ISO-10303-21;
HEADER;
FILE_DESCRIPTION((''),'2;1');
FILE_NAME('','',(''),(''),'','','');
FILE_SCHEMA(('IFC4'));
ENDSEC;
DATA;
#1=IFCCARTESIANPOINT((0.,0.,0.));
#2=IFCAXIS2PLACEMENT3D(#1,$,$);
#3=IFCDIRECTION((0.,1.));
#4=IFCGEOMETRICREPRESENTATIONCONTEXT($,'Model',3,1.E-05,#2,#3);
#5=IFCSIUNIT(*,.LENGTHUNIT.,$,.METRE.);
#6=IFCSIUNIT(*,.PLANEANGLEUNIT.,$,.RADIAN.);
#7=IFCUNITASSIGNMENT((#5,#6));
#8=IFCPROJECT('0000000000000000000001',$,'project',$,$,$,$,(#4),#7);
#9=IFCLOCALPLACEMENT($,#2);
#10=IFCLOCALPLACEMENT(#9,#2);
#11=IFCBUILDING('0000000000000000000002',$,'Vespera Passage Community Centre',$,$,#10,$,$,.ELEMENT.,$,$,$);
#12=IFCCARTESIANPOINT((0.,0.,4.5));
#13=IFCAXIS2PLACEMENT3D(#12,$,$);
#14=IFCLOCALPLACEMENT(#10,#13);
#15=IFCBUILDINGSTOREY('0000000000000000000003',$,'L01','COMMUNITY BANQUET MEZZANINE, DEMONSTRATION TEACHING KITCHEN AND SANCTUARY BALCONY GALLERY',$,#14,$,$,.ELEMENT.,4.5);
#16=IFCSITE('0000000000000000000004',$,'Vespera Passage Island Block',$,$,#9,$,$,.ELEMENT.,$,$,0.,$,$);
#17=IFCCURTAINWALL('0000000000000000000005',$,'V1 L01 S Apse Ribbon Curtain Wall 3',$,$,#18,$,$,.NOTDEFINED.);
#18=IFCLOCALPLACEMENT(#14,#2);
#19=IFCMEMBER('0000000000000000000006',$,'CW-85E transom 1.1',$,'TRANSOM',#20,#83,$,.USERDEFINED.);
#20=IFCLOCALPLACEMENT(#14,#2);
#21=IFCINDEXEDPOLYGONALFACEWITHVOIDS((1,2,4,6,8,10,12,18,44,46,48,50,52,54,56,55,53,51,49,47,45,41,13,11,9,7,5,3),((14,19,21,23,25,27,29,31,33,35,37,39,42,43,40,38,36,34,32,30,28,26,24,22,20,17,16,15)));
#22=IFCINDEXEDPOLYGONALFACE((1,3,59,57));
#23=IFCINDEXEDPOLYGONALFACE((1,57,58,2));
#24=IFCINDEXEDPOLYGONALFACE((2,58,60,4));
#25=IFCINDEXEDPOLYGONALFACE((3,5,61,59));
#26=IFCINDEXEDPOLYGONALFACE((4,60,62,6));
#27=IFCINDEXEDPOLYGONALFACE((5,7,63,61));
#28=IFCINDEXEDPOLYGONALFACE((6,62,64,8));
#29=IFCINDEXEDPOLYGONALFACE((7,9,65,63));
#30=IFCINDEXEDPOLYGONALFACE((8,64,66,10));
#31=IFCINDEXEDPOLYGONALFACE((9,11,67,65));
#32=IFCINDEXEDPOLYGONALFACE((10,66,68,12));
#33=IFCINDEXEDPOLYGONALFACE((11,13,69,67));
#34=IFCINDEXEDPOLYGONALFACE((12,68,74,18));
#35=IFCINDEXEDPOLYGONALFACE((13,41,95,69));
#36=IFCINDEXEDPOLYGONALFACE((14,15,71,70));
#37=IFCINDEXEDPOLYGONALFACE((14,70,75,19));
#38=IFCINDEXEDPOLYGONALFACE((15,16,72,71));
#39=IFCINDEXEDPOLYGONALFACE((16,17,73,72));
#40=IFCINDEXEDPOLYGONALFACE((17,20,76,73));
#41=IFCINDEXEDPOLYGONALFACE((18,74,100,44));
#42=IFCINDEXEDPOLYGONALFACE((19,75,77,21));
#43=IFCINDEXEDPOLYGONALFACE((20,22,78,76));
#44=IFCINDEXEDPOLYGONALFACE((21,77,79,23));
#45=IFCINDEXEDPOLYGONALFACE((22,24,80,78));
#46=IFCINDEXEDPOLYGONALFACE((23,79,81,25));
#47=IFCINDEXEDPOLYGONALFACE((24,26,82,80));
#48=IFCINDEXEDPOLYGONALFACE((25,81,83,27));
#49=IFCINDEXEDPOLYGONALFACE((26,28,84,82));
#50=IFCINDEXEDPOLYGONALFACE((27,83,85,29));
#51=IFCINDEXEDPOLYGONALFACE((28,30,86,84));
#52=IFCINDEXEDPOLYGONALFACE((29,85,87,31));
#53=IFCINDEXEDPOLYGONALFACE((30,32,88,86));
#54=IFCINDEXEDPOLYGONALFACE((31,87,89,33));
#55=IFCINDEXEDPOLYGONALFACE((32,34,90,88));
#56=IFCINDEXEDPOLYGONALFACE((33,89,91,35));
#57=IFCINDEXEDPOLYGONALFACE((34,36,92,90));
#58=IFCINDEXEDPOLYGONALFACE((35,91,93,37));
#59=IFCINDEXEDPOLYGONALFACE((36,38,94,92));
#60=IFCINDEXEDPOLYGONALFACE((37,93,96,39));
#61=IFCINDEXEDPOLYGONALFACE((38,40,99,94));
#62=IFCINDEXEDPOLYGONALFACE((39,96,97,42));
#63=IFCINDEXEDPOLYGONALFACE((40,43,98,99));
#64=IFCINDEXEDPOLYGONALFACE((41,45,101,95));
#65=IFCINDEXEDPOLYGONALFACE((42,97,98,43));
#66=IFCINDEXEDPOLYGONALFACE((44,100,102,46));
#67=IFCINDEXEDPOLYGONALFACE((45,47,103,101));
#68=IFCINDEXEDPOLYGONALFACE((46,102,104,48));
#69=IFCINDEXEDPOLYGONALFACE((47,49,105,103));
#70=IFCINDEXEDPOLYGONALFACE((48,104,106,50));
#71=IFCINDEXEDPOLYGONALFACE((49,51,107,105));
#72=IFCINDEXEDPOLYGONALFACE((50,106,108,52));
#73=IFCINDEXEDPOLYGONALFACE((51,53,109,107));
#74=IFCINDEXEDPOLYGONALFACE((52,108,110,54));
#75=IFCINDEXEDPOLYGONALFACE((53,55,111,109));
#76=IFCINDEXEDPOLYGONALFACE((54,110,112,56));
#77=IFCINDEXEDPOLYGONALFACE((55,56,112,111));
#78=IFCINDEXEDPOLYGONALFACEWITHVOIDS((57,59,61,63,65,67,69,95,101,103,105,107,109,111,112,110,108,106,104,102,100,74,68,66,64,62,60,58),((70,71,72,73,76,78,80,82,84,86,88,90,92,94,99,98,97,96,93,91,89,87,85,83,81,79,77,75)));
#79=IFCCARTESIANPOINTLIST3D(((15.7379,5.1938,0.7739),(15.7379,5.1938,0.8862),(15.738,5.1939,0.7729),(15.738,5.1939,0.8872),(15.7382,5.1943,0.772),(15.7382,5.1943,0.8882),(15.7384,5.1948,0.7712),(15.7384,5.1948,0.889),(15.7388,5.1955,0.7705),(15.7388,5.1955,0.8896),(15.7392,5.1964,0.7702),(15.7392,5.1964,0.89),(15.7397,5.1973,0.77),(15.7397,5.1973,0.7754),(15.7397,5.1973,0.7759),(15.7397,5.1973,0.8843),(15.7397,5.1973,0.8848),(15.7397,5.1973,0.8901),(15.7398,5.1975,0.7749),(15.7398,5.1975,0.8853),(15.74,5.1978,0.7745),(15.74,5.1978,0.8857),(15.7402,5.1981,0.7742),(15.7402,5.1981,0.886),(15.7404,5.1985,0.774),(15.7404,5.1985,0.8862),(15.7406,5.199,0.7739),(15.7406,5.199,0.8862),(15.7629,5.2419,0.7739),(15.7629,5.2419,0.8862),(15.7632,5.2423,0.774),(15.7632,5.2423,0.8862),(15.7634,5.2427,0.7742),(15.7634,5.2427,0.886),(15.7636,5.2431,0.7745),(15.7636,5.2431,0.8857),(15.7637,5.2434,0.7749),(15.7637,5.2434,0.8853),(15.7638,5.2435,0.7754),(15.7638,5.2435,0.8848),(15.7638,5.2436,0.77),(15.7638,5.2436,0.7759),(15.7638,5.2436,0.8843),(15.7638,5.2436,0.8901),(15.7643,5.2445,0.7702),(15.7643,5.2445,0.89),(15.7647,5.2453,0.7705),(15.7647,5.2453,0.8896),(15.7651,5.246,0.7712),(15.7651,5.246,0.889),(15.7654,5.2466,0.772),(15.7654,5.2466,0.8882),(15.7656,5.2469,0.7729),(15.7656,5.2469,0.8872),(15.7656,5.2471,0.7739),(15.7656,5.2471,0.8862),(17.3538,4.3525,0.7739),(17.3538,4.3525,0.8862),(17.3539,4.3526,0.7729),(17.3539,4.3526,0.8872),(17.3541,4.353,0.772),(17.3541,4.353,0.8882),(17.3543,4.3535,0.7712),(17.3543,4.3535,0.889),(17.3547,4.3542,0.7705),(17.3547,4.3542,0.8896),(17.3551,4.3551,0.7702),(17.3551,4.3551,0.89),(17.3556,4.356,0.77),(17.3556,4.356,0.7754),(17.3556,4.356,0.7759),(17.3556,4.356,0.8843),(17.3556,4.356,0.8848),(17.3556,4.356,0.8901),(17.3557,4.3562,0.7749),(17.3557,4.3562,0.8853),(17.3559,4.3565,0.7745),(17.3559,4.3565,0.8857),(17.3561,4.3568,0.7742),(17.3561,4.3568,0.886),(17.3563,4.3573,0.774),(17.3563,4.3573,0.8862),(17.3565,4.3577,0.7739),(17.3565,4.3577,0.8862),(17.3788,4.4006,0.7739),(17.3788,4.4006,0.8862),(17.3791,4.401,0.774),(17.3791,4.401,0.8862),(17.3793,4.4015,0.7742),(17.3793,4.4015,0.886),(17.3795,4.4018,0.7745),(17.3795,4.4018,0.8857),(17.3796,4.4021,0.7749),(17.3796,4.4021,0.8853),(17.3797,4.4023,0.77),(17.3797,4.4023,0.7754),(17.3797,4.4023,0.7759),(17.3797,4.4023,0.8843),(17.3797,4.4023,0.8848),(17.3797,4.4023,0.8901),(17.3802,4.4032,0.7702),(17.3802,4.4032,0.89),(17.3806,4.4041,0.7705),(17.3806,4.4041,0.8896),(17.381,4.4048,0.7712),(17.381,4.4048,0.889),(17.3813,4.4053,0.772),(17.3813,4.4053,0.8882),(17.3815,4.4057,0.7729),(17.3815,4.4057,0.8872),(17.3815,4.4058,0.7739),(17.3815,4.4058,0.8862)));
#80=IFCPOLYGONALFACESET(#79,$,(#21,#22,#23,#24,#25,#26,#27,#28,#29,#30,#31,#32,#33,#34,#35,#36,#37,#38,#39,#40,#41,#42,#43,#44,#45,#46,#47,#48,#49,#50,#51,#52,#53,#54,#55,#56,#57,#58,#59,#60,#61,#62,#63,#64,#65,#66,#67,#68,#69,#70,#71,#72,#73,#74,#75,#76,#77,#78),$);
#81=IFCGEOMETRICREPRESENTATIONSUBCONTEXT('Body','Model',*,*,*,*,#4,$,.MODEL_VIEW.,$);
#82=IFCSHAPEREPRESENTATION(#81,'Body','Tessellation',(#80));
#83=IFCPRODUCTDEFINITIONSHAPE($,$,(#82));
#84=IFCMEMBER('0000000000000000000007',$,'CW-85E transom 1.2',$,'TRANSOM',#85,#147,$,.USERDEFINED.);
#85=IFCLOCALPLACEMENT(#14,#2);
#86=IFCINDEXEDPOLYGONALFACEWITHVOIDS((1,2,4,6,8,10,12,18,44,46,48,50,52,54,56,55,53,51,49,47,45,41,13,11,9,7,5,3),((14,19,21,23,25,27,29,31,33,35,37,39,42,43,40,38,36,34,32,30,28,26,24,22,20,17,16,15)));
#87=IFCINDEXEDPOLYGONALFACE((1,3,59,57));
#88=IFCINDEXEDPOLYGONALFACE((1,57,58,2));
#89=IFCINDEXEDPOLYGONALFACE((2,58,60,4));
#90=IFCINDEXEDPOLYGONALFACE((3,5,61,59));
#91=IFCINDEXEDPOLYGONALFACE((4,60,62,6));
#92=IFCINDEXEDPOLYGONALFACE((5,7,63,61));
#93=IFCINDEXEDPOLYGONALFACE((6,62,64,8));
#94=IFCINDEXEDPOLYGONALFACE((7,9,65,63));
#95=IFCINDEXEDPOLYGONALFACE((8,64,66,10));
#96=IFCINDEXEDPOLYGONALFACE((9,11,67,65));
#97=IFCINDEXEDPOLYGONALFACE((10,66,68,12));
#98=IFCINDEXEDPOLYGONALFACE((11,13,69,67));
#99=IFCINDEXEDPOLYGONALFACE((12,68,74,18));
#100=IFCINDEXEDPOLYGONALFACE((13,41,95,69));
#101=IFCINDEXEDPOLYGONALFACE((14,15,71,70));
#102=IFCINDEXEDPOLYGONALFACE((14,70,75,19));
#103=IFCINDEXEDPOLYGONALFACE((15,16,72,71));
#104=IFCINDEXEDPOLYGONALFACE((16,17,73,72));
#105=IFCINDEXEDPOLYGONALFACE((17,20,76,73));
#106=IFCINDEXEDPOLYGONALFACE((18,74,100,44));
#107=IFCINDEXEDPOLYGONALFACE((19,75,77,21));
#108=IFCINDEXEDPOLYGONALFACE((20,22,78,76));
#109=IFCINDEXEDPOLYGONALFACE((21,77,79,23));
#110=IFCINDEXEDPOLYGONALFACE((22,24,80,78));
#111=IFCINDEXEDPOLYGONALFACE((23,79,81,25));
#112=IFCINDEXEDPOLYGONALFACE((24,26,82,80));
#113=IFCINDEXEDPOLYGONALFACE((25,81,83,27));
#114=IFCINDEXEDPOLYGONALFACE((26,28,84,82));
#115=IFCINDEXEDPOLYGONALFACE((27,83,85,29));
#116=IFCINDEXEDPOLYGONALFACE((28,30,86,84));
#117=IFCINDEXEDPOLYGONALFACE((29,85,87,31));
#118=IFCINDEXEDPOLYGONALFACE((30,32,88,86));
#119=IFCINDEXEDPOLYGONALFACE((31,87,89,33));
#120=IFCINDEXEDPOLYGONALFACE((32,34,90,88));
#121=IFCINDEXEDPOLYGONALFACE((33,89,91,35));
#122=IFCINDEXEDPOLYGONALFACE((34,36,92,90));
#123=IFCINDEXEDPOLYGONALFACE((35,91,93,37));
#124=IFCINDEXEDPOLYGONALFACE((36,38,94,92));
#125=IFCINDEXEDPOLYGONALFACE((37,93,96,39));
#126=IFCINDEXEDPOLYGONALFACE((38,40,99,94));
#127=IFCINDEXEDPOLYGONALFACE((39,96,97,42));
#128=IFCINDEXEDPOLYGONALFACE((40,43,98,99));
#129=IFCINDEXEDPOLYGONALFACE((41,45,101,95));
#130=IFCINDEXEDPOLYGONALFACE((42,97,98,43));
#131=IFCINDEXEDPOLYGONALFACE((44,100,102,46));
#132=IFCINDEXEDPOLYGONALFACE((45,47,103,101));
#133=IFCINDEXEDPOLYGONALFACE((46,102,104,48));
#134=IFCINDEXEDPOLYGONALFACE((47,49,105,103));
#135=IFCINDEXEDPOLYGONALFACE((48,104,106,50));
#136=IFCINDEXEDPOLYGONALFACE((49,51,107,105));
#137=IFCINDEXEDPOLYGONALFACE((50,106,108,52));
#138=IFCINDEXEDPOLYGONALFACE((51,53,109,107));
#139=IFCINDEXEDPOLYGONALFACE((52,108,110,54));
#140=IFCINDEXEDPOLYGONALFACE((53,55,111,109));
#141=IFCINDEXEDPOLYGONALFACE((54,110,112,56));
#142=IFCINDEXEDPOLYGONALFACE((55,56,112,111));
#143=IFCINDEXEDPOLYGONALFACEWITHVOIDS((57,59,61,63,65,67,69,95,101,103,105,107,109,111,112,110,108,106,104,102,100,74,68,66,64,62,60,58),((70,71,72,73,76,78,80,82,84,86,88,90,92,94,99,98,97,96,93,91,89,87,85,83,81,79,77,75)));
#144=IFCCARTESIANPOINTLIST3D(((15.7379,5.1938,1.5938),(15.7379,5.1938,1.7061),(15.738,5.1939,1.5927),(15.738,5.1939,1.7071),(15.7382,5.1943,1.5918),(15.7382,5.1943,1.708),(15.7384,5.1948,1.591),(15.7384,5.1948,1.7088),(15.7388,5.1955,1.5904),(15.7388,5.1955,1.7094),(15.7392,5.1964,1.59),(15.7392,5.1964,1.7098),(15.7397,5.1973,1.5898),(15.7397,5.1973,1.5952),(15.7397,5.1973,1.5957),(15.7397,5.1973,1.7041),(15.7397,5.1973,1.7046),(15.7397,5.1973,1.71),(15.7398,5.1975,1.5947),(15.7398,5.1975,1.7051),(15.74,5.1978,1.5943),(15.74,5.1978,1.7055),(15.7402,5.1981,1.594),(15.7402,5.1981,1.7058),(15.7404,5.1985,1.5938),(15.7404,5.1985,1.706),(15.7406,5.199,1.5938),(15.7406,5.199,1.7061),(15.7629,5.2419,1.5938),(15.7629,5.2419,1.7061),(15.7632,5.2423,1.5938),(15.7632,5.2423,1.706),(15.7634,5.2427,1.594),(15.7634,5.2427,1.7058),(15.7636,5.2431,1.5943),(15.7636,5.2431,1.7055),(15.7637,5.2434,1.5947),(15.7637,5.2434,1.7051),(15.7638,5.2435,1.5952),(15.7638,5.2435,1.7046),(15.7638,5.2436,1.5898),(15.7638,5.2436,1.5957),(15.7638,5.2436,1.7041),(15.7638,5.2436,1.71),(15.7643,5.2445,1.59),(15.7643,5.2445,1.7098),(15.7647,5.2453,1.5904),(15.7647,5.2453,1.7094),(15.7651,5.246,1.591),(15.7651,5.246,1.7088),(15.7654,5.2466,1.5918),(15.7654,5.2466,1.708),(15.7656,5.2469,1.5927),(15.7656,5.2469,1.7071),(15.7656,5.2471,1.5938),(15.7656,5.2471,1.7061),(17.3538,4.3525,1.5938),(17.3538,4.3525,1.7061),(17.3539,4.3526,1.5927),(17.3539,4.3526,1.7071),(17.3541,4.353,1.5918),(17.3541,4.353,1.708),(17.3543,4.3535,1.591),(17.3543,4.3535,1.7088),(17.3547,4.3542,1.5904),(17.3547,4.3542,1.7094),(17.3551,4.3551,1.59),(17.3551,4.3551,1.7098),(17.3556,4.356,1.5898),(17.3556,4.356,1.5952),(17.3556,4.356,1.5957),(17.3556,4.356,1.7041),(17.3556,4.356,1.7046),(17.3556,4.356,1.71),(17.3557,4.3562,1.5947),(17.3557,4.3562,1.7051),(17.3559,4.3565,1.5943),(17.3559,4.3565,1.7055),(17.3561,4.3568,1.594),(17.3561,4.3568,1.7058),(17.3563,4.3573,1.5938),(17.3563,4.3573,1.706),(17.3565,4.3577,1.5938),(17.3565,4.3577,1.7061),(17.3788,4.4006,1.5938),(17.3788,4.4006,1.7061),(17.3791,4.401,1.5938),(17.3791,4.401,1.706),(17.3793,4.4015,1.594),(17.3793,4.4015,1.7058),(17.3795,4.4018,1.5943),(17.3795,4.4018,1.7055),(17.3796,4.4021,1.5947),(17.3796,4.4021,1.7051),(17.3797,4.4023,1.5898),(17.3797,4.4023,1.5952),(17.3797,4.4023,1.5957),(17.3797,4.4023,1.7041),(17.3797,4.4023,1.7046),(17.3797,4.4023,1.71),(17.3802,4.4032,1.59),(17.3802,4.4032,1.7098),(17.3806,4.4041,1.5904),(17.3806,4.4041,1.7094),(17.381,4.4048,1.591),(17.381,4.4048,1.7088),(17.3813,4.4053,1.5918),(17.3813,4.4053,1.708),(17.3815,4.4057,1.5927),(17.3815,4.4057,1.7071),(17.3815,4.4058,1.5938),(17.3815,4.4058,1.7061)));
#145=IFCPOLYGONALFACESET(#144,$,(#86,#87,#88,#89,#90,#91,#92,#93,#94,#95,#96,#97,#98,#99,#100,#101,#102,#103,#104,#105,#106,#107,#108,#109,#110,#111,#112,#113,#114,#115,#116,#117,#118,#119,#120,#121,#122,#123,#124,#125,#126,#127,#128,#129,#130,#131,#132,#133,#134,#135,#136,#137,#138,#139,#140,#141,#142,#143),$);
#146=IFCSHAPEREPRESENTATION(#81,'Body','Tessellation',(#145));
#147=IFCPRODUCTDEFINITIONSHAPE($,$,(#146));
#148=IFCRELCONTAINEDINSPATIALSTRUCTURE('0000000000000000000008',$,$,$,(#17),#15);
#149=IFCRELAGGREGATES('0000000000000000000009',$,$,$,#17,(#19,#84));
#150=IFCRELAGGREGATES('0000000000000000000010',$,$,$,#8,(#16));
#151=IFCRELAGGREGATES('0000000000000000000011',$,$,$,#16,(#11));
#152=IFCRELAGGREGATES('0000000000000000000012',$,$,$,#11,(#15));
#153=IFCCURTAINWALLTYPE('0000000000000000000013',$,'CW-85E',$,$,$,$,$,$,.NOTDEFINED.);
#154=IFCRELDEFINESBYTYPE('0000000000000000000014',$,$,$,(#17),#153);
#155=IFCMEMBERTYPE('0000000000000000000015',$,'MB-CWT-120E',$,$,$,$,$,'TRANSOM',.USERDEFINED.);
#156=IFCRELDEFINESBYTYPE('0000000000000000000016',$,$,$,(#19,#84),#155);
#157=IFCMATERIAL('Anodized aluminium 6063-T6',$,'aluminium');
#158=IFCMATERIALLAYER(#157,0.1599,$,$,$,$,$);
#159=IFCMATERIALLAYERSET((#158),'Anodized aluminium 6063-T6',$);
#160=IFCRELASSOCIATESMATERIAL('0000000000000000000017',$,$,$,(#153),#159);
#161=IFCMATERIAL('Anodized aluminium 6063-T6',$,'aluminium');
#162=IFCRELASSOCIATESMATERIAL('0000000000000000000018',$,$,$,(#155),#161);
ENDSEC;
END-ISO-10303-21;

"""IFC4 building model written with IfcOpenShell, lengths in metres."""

from ifc_helpers import new_model, si_unit, direction, frame, origin, origin_2d, place, context, subcontext, project, spatial, hollow_rectangle, extrude, material, layer, layer_set, material_profile, profile_set, type_object, element, aggregate, save


model = new_model("IFC4")

# Units and contexts
model_context = context("Model", 3, precision=1e-05, world=origin(), true_north=direction((0.0, 1.0)))
body_context = subcontext(model_context, "Body", "Model", "MODEL_VIEW")
ifc_project = project(units=[si_unit("LENGTHUNIT", "METRE"), si_unit("PLANEANGLEUNIT", "RADIAN")], contexts=[model_context])

# Site, building, storey
site_placement = place(None, origin())
site = spatial("IfcSite", under=ifc_project, at=site_placement, Name="Vespera Passage Island Block", CompositionType="ELEMENT", RefElevation=0.0)
building_placement = place(site_placement, origin())
building = spatial("IfcBuilding", under=site, at=building_placement, Name="Vespera Passage Community Centre", CompositionType="ELEMENT")
storey_placement = place(building_placement, frame((0.0, 0.0, 4.5)))
storey = spatial("IfcBuildingStorey", under=building, at=storey_placement, Name="L01", Description="COMMUNITY BANQUET MEZZANINE, DEMONSTRATION TEACHING KITCHEN AND SANCTUARY BALCONY GALLERY", CompositionType="ELEMENT", Elevation=4.5)

# Shared definitions
ifc_material_1 = material(Name="Anodized aluminium 6063-T6", Category="aluminium")
ifc_layer_1 = layer(ifc_material_1, 0.1599)
ifc_layer_set_1 = layer_set([ifc_layer_1], Name="Anodized aluminium 6063-T6")
curtain_wall_type = type_object("IfcCurtainWallType", Name="CW-85E", PredefinedType="NOTDEFINED", material=ifc_layer_set_1)

# Curtain wall, members
curtain_wall_1_placement = place(storey_placement, origin())
curtain_wall_1 = element("IfcCurtainWall", 1, at=curtain_wall_1_placement, inside=storey, type_object=curtain_wall_type, Name="V1 L01 S Apse Ribbon Curtain Wall 3", PredefinedType="NOTDEFINED")
ifc_material_2 = material(Name="Anodized aluminium 6063-T6", Category="aluminium")
ifc_material_profile_1 = material_profile(ifc_material_2, hollow_rectangle(XDim=0.0601, YDim=0.1201, WallThickness=0.0039, InnerFilletRadius=0.002, OuterFilletRadius=0.0039, at=origin_2d()), Name="ALU120X60X4")
ifc_profile_set_1 = profile_set([ifc_material_profile_1], Name="Anodized aluminium 6063-T6")
member_type_1 = type_object("IfcMemberType", Name="MB-CWT-120E", ElementType="TRANSOM", PredefinedType="USERDEFINED", material=ifc_profile_set_1)
member_1_placement = place(storey_placement, frame((17.3677, 4.3792, 0.8301), z_axis=(-0.886991, 0.461787, 0.0), x_axis=(-0.461787, -0.886991, 0.0)))
member_1 = element("IfcMember", 2, at=member_1_placement, type_object=member_type_1, Name="CW-85E transom 1.1", ObjectType="TRANSOM", PredefinedType="USERDEFINED", context=body_context, shape_type="SweptSolid", body=[
    extrude(hollow_rectangle(XDim=0.0601, YDim=0.1201, WallThickness=0.0039, InnerFilletRadius=0.002, OuterFilletRadius=0.0039, at=origin_2d()), origin(), (0.0, 0.0, 1.0), 1.8218),
])
member_2_placement = place(storey_placement, frame((17.3677, 4.3792, 1.6499), z_axis=(-0.886991, 0.461787, 0.0), x_axis=(-0.461787, -0.886991, 0.0)))
member_2 = element("IfcMember", 3, at=member_2_placement, type_object=member_type_1, Name="CW-85E transom 1.2", ObjectType="TRANSOM", PredefinedType="USERDEFINED", context=body_context, shape_type="SweptSolid", body=[
    extrude(hollow_rectangle(XDim=0.0601, YDim=0.1201, WallThickness=0.0039, InnerFilletRadius=0.002, OuterFilletRadius=0.0039, at=origin_2d()), origin(), (0.0, 0.0, 1.0), 1.8218),
])

aggregate(curtain_wall_1, [member_1, member_2])

save(model, "model.ifc")
